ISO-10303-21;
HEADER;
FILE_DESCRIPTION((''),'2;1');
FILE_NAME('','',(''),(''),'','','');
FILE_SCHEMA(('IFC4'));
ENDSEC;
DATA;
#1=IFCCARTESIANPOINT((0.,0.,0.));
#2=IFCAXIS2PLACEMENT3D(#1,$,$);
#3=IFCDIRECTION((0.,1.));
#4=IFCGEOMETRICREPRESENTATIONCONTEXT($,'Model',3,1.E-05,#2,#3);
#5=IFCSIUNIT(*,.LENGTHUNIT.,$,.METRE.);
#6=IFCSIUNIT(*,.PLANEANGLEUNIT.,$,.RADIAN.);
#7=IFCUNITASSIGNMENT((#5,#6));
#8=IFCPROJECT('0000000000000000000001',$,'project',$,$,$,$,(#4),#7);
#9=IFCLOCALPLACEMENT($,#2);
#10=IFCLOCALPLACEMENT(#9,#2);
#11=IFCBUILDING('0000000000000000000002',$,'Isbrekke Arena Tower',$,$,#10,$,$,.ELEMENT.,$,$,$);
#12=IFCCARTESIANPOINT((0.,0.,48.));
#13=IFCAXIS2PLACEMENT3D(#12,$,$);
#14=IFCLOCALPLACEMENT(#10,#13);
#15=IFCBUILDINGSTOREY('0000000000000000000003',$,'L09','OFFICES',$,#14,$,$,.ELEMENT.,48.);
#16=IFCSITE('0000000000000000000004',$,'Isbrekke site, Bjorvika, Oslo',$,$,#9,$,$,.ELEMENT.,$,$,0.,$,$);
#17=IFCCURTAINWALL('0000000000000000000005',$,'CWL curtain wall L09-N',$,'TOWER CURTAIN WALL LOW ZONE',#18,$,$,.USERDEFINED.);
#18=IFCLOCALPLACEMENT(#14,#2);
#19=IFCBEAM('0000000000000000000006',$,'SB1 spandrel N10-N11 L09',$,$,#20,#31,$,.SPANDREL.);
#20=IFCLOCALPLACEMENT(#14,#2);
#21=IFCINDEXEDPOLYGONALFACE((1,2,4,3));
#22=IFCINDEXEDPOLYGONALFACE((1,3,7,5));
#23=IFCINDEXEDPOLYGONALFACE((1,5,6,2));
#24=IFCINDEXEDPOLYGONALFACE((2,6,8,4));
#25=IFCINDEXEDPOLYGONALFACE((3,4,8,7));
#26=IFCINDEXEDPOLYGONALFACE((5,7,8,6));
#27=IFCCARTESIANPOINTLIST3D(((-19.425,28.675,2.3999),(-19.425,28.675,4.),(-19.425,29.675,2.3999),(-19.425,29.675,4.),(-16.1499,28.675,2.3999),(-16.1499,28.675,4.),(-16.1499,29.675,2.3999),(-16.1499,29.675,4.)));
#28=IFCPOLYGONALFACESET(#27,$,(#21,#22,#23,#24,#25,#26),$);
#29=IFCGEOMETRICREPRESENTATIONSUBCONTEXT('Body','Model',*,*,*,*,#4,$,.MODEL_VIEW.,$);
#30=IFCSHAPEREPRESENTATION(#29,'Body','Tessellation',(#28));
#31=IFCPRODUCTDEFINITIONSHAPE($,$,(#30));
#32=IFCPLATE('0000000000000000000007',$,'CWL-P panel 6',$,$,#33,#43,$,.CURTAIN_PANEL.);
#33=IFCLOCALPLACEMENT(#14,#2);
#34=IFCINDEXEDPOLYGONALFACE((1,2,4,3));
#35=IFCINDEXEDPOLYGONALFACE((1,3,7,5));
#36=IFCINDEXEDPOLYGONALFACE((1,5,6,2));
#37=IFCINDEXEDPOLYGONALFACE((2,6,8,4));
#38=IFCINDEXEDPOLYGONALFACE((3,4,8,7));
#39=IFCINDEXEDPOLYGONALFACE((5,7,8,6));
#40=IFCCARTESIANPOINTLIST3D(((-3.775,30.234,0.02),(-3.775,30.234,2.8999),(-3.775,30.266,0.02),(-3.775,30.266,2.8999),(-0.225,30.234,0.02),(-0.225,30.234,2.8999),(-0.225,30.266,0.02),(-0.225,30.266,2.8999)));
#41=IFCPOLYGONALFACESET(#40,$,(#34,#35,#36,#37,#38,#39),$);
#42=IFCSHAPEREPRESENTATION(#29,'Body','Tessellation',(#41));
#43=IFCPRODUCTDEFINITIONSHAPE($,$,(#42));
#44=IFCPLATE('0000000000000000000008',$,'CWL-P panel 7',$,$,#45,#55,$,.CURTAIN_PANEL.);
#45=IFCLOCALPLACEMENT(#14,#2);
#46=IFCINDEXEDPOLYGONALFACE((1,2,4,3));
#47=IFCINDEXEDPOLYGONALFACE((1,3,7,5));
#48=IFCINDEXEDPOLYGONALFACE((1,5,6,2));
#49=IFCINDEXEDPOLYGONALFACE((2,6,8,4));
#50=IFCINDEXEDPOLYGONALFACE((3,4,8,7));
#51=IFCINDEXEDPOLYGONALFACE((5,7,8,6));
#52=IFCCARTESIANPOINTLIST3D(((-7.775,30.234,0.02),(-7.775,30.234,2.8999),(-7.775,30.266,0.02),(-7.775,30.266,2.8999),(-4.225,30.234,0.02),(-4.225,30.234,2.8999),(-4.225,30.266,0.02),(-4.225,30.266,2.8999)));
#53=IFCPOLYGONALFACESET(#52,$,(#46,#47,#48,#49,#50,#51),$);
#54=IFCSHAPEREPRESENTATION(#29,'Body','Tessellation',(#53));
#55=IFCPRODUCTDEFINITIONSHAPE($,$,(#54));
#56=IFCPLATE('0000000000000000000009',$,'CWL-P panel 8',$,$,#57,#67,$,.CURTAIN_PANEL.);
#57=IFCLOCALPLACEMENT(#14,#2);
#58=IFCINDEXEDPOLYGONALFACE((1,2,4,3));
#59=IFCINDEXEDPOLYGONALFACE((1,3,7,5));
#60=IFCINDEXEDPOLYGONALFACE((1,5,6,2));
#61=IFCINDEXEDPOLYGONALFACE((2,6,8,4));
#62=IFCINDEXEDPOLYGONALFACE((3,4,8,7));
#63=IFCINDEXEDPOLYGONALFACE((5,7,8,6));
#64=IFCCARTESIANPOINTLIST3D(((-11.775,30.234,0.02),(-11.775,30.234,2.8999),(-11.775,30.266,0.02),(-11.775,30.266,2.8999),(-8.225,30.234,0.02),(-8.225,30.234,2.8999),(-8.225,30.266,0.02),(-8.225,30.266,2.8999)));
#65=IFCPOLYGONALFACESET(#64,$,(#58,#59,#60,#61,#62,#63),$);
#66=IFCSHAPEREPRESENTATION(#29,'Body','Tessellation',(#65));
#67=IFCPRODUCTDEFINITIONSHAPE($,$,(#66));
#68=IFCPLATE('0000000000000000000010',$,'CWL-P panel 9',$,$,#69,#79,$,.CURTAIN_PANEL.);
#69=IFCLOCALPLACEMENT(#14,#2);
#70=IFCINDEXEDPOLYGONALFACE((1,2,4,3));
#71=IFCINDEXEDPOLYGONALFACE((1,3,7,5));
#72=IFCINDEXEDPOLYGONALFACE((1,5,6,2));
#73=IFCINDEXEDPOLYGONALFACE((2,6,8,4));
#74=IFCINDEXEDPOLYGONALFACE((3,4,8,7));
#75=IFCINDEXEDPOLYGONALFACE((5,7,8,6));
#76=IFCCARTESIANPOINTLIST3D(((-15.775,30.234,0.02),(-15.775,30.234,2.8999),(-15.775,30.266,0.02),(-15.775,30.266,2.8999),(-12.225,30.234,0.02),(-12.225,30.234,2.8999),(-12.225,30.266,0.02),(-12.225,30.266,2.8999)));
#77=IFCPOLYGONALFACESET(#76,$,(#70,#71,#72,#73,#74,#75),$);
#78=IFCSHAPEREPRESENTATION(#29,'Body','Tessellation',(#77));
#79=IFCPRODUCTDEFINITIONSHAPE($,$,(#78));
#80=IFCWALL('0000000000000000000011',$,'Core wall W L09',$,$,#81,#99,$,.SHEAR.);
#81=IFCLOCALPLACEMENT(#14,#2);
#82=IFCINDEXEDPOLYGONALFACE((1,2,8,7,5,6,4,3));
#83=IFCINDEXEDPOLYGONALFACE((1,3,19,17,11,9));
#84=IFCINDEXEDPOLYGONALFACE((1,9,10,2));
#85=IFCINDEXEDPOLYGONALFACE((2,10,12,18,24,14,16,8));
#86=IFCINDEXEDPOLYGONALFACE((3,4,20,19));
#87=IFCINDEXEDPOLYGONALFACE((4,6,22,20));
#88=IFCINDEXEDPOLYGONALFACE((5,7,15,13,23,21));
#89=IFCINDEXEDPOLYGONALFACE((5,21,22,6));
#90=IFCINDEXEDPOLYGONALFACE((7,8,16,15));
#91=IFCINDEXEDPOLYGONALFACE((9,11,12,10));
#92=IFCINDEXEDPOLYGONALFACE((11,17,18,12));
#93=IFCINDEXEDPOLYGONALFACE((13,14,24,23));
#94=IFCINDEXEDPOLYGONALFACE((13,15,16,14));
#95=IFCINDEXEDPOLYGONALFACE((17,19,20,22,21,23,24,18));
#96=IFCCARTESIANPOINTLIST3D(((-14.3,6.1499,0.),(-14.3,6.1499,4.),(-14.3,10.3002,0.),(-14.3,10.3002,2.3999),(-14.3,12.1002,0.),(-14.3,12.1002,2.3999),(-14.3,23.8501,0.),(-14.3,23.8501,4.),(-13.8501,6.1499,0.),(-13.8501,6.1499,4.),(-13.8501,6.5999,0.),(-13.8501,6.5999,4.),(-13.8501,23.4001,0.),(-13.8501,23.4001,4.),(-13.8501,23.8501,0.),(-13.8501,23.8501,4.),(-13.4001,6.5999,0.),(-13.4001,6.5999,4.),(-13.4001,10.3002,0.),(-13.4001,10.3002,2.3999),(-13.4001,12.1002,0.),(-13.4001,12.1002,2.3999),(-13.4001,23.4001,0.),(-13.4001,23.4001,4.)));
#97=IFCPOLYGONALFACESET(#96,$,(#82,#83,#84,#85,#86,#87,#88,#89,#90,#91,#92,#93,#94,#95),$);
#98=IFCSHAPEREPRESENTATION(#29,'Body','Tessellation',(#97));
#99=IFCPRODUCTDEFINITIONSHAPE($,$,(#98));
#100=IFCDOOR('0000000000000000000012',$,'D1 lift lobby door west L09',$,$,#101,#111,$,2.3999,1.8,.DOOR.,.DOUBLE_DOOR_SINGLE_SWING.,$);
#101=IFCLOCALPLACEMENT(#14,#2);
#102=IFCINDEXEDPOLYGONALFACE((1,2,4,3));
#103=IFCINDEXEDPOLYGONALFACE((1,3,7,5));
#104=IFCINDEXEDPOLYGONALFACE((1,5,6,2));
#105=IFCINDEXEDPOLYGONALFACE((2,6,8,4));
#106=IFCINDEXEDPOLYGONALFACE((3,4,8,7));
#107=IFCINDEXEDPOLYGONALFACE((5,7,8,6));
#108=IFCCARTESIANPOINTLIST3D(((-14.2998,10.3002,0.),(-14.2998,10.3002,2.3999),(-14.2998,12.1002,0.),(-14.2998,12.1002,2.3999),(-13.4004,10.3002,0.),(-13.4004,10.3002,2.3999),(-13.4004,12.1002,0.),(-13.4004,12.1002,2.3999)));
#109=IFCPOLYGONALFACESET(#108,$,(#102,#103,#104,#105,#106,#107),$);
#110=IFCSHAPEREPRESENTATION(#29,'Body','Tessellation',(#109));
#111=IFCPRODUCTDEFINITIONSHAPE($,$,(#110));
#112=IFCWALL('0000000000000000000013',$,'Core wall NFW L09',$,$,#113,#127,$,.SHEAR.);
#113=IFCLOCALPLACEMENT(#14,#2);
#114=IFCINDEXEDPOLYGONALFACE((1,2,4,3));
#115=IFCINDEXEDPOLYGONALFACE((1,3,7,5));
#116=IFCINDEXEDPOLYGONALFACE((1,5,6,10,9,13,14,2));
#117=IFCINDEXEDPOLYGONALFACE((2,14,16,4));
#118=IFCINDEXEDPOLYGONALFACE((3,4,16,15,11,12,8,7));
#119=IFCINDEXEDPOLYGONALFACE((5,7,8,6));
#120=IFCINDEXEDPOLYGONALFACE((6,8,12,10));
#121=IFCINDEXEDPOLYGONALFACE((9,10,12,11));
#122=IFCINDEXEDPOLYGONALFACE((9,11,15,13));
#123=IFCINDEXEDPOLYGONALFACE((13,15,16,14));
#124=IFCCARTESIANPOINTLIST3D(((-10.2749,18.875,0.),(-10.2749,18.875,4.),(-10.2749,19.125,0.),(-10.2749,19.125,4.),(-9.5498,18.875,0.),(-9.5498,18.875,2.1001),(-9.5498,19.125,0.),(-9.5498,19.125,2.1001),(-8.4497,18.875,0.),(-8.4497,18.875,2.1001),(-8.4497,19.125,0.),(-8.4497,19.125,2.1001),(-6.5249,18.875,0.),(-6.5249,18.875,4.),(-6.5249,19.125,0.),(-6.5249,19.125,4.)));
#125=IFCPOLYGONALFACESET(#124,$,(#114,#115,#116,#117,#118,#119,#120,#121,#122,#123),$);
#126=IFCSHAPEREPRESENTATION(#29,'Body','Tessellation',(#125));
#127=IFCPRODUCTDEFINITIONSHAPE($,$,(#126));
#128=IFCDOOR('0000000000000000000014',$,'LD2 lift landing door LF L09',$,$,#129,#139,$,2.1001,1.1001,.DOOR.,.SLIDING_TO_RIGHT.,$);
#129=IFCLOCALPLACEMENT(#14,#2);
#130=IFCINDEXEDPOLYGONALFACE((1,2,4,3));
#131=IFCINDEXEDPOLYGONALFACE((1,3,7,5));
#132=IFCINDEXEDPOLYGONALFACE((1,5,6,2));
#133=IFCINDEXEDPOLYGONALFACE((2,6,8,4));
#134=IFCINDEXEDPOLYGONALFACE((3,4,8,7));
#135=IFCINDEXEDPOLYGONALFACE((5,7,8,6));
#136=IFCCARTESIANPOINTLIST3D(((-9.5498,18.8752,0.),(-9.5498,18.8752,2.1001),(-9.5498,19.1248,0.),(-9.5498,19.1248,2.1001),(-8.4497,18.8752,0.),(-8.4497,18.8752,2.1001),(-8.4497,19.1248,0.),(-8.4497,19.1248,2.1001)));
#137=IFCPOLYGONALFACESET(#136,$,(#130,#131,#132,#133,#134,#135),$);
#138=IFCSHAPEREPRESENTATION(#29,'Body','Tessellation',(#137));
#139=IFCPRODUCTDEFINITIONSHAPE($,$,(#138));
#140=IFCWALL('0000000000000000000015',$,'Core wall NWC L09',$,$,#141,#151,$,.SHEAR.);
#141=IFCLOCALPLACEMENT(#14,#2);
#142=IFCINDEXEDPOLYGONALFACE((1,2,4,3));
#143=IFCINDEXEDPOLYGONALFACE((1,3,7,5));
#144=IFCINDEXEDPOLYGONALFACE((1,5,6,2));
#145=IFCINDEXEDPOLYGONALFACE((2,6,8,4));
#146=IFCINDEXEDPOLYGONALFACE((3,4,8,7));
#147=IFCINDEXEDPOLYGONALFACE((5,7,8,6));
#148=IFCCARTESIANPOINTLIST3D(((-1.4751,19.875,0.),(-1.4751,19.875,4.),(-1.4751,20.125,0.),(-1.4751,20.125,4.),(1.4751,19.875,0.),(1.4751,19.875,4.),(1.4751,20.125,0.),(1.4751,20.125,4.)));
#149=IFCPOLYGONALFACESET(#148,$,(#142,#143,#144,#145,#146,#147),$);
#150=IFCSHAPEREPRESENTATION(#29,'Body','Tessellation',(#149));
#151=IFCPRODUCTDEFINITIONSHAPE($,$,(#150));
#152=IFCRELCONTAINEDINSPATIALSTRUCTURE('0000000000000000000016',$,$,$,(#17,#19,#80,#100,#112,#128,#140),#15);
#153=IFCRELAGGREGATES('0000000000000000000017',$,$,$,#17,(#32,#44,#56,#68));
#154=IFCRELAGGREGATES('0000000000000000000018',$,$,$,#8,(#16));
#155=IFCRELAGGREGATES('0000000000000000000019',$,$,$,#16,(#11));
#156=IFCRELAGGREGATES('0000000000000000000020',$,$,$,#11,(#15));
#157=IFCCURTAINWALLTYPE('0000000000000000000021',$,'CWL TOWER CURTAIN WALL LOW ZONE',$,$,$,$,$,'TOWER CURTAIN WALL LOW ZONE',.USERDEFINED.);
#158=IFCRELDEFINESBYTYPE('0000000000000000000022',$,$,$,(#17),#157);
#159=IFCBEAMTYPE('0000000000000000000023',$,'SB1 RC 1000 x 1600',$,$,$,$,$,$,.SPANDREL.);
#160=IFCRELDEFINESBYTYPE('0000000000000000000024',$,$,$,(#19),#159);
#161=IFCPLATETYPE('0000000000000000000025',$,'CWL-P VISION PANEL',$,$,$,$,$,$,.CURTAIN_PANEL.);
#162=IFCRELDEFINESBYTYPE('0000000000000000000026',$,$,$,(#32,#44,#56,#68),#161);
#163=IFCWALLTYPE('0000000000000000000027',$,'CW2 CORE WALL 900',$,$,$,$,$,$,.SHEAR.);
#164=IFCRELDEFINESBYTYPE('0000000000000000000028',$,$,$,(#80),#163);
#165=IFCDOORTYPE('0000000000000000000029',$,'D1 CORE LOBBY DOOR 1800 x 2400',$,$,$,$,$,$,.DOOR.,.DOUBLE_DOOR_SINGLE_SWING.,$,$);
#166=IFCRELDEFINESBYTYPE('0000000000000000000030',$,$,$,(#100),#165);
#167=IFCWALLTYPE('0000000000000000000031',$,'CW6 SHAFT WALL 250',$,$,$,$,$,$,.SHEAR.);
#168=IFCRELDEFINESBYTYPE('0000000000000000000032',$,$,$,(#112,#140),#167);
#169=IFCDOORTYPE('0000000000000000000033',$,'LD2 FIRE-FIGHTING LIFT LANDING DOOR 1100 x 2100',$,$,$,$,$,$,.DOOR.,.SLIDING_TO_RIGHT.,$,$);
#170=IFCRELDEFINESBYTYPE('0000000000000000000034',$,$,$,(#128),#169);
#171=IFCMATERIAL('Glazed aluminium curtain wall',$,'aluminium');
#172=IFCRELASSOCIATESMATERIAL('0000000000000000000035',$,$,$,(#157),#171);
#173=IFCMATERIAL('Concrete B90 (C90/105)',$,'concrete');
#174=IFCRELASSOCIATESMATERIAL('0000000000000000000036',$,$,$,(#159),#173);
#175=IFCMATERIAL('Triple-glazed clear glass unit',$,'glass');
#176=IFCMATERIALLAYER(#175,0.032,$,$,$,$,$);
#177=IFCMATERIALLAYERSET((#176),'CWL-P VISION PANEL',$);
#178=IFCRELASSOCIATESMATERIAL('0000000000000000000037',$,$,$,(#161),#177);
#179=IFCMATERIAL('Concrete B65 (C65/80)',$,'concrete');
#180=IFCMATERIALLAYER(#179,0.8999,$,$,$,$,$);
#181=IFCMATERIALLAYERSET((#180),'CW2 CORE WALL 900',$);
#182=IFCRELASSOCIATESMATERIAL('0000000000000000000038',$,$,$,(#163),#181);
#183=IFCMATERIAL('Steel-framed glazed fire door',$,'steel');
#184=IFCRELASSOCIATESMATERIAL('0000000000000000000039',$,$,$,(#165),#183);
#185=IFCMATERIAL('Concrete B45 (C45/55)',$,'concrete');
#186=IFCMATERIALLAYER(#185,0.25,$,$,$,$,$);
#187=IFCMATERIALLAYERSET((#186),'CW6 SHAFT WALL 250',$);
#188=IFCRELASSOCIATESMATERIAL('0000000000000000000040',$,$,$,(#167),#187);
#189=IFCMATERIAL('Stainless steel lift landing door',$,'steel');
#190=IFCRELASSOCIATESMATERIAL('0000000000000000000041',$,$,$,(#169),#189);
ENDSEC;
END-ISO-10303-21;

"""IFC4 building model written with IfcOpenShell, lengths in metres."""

from ifc_helpers import new_model, si_unit, direction, frame, frame_2d, origin, origin_2d, place, context, subcontext, project, spatial, polyline, rectangle, outline, extrude, material, layer, layer_set, material_profile, profile_set, type_object, element, fill, aggregate, save


model = new_model("IFC4")

# Units and contexts
model_context = context("Model", 3, precision=1e-05, world=origin(), true_north=direction((0.0, 1.0)))
body_context = subcontext(model_context, "Body", "Model", "MODEL_VIEW")
ifc_project = project(units=[si_unit("LENGTHUNIT", "METRE"), si_unit("PLANEANGLEUNIT", "RADIAN")], contexts=[model_context])

# Site, building, storey
site_placement = place(None, origin())
site = spatial("IfcSite", under=ifc_project, at=site_placement, Name="Isbrekke site, Bjorvika, Oslo", CompositionType="ELEMENT", RefElevation=0.0)
building_placement = place(site_placement, origin())
building = spatial("IfcBuilding", under=site, at=building_placement, Name="Isbrekke Arena Tower", CompositionType="ELEMENT")
storey_placement = place(building_placement, frame((0.0, 0.0, 48.0)))
storey = spatial("IfcBuildingStorey", under=building, at=storey_placement, Name="L09", Description="OFFICES", CompositionType="ELEMENT", Elevation=48.0)

# Curtain wall
ifc_material_1 = material(Name="Glazed aluminium curtain wall", Category="aluminium")
curtain_wall_type = type_object("IfcCurtainWallType", Name="CWL TOWER CURTAIN WALL LOW ZONE", ElementType="TOWER CURTAIN WALL LOW ZONE", PredefinedType="USERDEFINED", material=ifc_material_1)
curtain_wall_placement = place(storey_placement, origin())
curtain_wall = element("IfcCurtainWall", 1, at=curtain_wall_placement, inside=storey, type_object=curtain_wall_type, Name="CWL curtain wall L09-N", ObjectType="TOWER CURTAIN WALL LOW ZONE", PredefinedType="USERDEFINED")

# Beam
ifc_material_2 = material(Name="Concrete B90 (C90/105)", Category="concrete")
ifc_material_profile_1 = material_profile(ifc_material_2, rectangle(XDim=1.0, YDim=1.6001, at=origin_2d()), Name="RC 1000x1600")
ifc_profile_set_1 = profile_set([ifc_material_profile_1], Name="Concrete B90 (C90/105)")
beam_type_1 = type_object("IfcBeamType", Name="SB1 RC 1000 x 1600", PredefinedType="SPANDREL", material=ifc_profile_set_1)
beam_1_placement = place(storey_placement, frame((-16.1499, 29.175, 3.2), z_axis=(-1.0, 0.0, 0.0), x_axis=(0.0, -1.0, 0.0)))
element("IfcBeam", 2, at=beam_1_placement, inside=storey, type_object=beam_type_1, Name="SB1 spandrel N10-N11 L09", PredefinedType="SPANDREL", context=body_context, shape_type="SweptSolid", body=[
    extrude(rectangle(XDim=1.0, YDim=1.6001, at=origin_2d()), origin(), (0.0, 0.0, 1.0), 3.2751),
])

# Plates
ifc_material_3 = material(Name="Triple-glazed clear glass unit", Category="glass")
ifc_layer_1 = layer(ifc_material_3, 0.032)
ifc_layer_set_1 = layer_set([ifc_layer_1], Name="CWL-P VISION PANEL")
plate_type = type_object("IfcPlateType", Name="CWL-P VISION PANEL", PredefinedType="CURTAIN_PANEL", material=ifc_layer_set_1)
plate_1_placement = place(storey_placement, frame((-2.0, 30.25, 0.02), z_axis=(0.0, 0.0, 1.0), x_axis=(-1.0, 0.0, 0.0)))
plate_1 = element("IfcPlate", 3, at=plate_1_placement, type_object=plate_type, Name="CWL-P panel 6", PredefinedType="CURTAIN_PANEL", context=body_context, shape_type="SweptSolid", body=[
    extrude(rectangle(XDim=3.55, YDim=0.032, at=origin_2d()), origin(), (0.0, 0.0, 1.0), 2.8799),
])
plate_2_placement = place(storey_placement, frame((-6.0, 30.25, 0.02), z_axis=(0.0, 0.0, 1.0), x_axis=(-1.0, 0.0, 0.0)))
plate_2 = element("IfcPlate", 4, at=plate_2_placement, type_object=plate_type, Name="CWL-P panel 7", PredefinedType="CURTAIN_PANEL", context=body_context, shape_type="SweptSolid", body=[
    extrude(rectangle(XDim=3.55, YDim=0.032, at=origin_2d()), origin(), (0.0, 0.0, 1.0), 2.8799),
])
plate_3_placement = place(storey_placement, frame((-10.0, 30.25, 0.02), z_axis=(0.0, 0.0, 1.0), x_axis=(-1.0, 0.0, 0.0)))
plate_3 = element("IfcPlate", 5, at=plate_3_placement, type_object=plate_type, Name="CWL-P panel 8", PredefinedType="CURTAIN_PANEL", context=body_context, shape_type="SweptSolid", body=[
    extrude(rectangle(XDim=3.55, YDim=0.032, at=origin_2d()), origin(), (0.0, 0.0, 1.0), 2.8799),
])
plate_4_placement = place(storey_placement, frame((-14.0, 30.25, 0.02), z_axis=(0.0, 0.0, 1.0), x_axis=(-1.0, 0.0, 0.0)))
plate_4 = element("IfcPlate", 6, at=plate_4_placement, type_object=plate_type, Name="CWL-P panel 9", PredefinedType="CURTAIN_PANEL", context=body_context, shape_type="SweptSolid", body=[
    extrude(rectangle(XDim=3.55, YDim=0.032, at=origin_2d()), origin(), (0.0, 0.0, 1.0), 2.8799),
])
aggregate(curtain_wall, [plate_1, plate_2, plate_3, plate_4])

# Walls, openings, doors
ifc_material_4 = material(Name="Concrete B65 (C65/80)", Category="concrete")
ifc_layer_2 = layer(ifc_material_4, 0.8999)
ifc_layer_set_2 = layer_set([ifc_layer_2], Name="CW2 CORE WALL 900")
wall_type_1 = type_object("IfcWallType", Name="CW2 CORE WALL 900", PredefinedType="SHEAR", material=ifc_layer_set_2)
wall_1_placement = place(storey_placement, frame((-13.8501, 23.8501, 0.0), z_axis=(0.0, 0.0, 1.0), x_axis=(0.0, -1.0, 0.0)))
wall_1 = element("IfcWall", 7, at=wall_1_placement, inside=storey, type_object=wall_type_1, Name="Core wall W L09", PredefinedType="SHEAR", context=body_context, shape_type="SweptSolid", body=[
    extrude(outline(polyline([(0.0, -0.45), (17.7002, -0.45), (17.7002, 0.0), (17.2502, 0.0), (17.2502, 0.45), (0.45, 0.45), (0.45, 0.0), (0.0, 0.0), (0.0, -0.45)])), origin(), (0.0, 0.0, 1.0), 4.0),
])
opening_1_placement = place(wall_1_placement, frame((11.75, 0.0, 0.0)))
opening_1 = element("IfcOpeningElement", 8, at=opening_1_placement, cuts=wall_1, PredefinedType="OPENING", context=body_context, shape_type="SweptSolid", body=[
    extrude(rectangle(XDim=1.8, YDim=2.3999, at=frame_2d((0.8999, 1.2))), frame((0.0, 0.4648, 0.0), z_axis=(0.0, -1.0, 0.0), x_axis=(1.0, 0.0, 0.0)), (0.0, 0.0, 1.0), 0.9297),
])
ifc_material_5 = material(Name="Steel-framed glazed fire door", Category="steel")
door_type_1 = type_object("IfcDoorType", Name="D1 CORE LOBBY DOOR 1800 x 2400", OperationType="DOUBLE_DOOR_SINGLE_SWING", PredefinedType="DOOR", material=ifc_material_5)
door_1_placement = place(opening_1_placement, origin())
door_1 = element("IfcDoor", 9, at=door_1_placement, inside=storey, type_object=door_type_1, Name="D1 lift lobby door west L09", OperationType="DOUBLE_DOOR_SINGLE_SWING", OverallHeight=2.3999, OverallWidth=1.8, PredefinedType="DOOR", context=body_context, shape_type="SweptSolid", body=[
    extrude(rectangle(XDim=1.8, YDim=2.3999, at=frame_2d((0.8999, 1.2))), frame((0.0, 0.4497, 0.0), z_axis=(0.0, -1.0, 0.0), x_axis=(1.0, 0.0, 0.0)), (0.0, 0.0, 1.0), 0.8994),
])
fill(opening_1, door_1)
ifc_material_6 = material(Name="Concrete B45 (C45/55)", Category="concrete")
ifc_layer_3 = layer(ifc_material_6, 0.25)
ifc_layer_set_3 = layer_set([ifc_layer_3], Name="CW6 SHAFT WALL 250")
wall_type_2 = type_object("IfcWallType", Name="CW6 SHAFT WALL 250", PredefinedType="SHEAR", material=ifc_layer_set_3)
wall_2_placement = place(storey_placement, frame((-10.2749, 19.0, 0.0), z_axis=(0.0, 0.0, 1.0), x_axis=(1.0, 0.0, 0.0)))
wall_2 = element("IfcWall", 10, at=wall_2_placement, inside=storey, type_object=wall_type_2, Name="Core wall NFW L09", PredefinedType="SHEAR", context=body_context, shape_type="SweptSolid", body=[
    extrude(rectangle(XDim=3.75, YDim=0.25, at=frame_2d((1.875, 0.0))), origin(), (0.0, 0.0, 1.0), 4.0),
])
opening_2_placement = place(wall_2_placement, frame((0.7251, 0.0, 0.0)))
opening_2 = element("IfcOpeningElement", 11, at=opening_2_placement, cuts=wall_2, PredefinedType="OPENING", context=body_context, shape_type="SweptSolid", body=[
    extrude(rectangle(XDim=1.1001, YDim=2.1001, at=frame_2d((0.55, 1.05))), frame((0.0, 0.1399, 0.0), z_axis=(0.0, -1.0, 0.0), x_axis=(1.0, 0.0, 0.0)), (0.0, 0.0, 1.0), 0.2798),
])
ifc_material_7 = material(Name="Stainless steel lift landing door", Category="steel")
door_type_2 = type_object("IfcDoorType", Name="LD2 FIRE-FIGHTING LIFT LANDING DOOR 1100 x 2100", OperationType="SLIDING_TO_RIGHT", PredefinedType="DOOR", material=ifc_material_7)
door_2_placement = place(opening_2_placement, origin())
door_2 = element("IfcDoor", 12, at=door_2_placement, inside=storey, type_object=door_type_2, Name="LD2 lift landing door LF L09", OperationType="SLIDING_TO_RIGHT", OverallHeight=2.1001, OverallWidth=1.1001, PredefinedType="DOOR", context=body_context, shape_type="SweptSolid", body=[
    extrude(rectangle(XDim=1.1001, YDim=2.1001, at=frame_2d((0.55, 1.05))), frame((0.0, 0.1248, 0.0), z_axis=(0.0, -1.0, 0.0), x_axis=(1.0, 0.0, 0.0)), (0.0, 0.0, 1.0), 0.2495),
])
fill(opening_2, door_2)

# Wall
wall_3_placement = place(storey_placement, frame((-1.4751, 20.0, 0.0), z_axis=(0.0, 0.0, 1.0), x_axis=(1.0, 0.0, 0.0)))
element("IfcWall", 13, at=wall_3_placement, inside=storey, type_object=wall_type_2, Name="Core wall NWC L09", PredefinedType="SHEAR", context=body_context, shape_type="SweptSolid", body=[
    extrude(rectangle(XDim=2.9502, YDim=0.25, at=frame_2d((1.4751, 0.0))), origin(), (0.0, 0.0, 1.0), 4.0),
])

save(model, "model.ifc")
